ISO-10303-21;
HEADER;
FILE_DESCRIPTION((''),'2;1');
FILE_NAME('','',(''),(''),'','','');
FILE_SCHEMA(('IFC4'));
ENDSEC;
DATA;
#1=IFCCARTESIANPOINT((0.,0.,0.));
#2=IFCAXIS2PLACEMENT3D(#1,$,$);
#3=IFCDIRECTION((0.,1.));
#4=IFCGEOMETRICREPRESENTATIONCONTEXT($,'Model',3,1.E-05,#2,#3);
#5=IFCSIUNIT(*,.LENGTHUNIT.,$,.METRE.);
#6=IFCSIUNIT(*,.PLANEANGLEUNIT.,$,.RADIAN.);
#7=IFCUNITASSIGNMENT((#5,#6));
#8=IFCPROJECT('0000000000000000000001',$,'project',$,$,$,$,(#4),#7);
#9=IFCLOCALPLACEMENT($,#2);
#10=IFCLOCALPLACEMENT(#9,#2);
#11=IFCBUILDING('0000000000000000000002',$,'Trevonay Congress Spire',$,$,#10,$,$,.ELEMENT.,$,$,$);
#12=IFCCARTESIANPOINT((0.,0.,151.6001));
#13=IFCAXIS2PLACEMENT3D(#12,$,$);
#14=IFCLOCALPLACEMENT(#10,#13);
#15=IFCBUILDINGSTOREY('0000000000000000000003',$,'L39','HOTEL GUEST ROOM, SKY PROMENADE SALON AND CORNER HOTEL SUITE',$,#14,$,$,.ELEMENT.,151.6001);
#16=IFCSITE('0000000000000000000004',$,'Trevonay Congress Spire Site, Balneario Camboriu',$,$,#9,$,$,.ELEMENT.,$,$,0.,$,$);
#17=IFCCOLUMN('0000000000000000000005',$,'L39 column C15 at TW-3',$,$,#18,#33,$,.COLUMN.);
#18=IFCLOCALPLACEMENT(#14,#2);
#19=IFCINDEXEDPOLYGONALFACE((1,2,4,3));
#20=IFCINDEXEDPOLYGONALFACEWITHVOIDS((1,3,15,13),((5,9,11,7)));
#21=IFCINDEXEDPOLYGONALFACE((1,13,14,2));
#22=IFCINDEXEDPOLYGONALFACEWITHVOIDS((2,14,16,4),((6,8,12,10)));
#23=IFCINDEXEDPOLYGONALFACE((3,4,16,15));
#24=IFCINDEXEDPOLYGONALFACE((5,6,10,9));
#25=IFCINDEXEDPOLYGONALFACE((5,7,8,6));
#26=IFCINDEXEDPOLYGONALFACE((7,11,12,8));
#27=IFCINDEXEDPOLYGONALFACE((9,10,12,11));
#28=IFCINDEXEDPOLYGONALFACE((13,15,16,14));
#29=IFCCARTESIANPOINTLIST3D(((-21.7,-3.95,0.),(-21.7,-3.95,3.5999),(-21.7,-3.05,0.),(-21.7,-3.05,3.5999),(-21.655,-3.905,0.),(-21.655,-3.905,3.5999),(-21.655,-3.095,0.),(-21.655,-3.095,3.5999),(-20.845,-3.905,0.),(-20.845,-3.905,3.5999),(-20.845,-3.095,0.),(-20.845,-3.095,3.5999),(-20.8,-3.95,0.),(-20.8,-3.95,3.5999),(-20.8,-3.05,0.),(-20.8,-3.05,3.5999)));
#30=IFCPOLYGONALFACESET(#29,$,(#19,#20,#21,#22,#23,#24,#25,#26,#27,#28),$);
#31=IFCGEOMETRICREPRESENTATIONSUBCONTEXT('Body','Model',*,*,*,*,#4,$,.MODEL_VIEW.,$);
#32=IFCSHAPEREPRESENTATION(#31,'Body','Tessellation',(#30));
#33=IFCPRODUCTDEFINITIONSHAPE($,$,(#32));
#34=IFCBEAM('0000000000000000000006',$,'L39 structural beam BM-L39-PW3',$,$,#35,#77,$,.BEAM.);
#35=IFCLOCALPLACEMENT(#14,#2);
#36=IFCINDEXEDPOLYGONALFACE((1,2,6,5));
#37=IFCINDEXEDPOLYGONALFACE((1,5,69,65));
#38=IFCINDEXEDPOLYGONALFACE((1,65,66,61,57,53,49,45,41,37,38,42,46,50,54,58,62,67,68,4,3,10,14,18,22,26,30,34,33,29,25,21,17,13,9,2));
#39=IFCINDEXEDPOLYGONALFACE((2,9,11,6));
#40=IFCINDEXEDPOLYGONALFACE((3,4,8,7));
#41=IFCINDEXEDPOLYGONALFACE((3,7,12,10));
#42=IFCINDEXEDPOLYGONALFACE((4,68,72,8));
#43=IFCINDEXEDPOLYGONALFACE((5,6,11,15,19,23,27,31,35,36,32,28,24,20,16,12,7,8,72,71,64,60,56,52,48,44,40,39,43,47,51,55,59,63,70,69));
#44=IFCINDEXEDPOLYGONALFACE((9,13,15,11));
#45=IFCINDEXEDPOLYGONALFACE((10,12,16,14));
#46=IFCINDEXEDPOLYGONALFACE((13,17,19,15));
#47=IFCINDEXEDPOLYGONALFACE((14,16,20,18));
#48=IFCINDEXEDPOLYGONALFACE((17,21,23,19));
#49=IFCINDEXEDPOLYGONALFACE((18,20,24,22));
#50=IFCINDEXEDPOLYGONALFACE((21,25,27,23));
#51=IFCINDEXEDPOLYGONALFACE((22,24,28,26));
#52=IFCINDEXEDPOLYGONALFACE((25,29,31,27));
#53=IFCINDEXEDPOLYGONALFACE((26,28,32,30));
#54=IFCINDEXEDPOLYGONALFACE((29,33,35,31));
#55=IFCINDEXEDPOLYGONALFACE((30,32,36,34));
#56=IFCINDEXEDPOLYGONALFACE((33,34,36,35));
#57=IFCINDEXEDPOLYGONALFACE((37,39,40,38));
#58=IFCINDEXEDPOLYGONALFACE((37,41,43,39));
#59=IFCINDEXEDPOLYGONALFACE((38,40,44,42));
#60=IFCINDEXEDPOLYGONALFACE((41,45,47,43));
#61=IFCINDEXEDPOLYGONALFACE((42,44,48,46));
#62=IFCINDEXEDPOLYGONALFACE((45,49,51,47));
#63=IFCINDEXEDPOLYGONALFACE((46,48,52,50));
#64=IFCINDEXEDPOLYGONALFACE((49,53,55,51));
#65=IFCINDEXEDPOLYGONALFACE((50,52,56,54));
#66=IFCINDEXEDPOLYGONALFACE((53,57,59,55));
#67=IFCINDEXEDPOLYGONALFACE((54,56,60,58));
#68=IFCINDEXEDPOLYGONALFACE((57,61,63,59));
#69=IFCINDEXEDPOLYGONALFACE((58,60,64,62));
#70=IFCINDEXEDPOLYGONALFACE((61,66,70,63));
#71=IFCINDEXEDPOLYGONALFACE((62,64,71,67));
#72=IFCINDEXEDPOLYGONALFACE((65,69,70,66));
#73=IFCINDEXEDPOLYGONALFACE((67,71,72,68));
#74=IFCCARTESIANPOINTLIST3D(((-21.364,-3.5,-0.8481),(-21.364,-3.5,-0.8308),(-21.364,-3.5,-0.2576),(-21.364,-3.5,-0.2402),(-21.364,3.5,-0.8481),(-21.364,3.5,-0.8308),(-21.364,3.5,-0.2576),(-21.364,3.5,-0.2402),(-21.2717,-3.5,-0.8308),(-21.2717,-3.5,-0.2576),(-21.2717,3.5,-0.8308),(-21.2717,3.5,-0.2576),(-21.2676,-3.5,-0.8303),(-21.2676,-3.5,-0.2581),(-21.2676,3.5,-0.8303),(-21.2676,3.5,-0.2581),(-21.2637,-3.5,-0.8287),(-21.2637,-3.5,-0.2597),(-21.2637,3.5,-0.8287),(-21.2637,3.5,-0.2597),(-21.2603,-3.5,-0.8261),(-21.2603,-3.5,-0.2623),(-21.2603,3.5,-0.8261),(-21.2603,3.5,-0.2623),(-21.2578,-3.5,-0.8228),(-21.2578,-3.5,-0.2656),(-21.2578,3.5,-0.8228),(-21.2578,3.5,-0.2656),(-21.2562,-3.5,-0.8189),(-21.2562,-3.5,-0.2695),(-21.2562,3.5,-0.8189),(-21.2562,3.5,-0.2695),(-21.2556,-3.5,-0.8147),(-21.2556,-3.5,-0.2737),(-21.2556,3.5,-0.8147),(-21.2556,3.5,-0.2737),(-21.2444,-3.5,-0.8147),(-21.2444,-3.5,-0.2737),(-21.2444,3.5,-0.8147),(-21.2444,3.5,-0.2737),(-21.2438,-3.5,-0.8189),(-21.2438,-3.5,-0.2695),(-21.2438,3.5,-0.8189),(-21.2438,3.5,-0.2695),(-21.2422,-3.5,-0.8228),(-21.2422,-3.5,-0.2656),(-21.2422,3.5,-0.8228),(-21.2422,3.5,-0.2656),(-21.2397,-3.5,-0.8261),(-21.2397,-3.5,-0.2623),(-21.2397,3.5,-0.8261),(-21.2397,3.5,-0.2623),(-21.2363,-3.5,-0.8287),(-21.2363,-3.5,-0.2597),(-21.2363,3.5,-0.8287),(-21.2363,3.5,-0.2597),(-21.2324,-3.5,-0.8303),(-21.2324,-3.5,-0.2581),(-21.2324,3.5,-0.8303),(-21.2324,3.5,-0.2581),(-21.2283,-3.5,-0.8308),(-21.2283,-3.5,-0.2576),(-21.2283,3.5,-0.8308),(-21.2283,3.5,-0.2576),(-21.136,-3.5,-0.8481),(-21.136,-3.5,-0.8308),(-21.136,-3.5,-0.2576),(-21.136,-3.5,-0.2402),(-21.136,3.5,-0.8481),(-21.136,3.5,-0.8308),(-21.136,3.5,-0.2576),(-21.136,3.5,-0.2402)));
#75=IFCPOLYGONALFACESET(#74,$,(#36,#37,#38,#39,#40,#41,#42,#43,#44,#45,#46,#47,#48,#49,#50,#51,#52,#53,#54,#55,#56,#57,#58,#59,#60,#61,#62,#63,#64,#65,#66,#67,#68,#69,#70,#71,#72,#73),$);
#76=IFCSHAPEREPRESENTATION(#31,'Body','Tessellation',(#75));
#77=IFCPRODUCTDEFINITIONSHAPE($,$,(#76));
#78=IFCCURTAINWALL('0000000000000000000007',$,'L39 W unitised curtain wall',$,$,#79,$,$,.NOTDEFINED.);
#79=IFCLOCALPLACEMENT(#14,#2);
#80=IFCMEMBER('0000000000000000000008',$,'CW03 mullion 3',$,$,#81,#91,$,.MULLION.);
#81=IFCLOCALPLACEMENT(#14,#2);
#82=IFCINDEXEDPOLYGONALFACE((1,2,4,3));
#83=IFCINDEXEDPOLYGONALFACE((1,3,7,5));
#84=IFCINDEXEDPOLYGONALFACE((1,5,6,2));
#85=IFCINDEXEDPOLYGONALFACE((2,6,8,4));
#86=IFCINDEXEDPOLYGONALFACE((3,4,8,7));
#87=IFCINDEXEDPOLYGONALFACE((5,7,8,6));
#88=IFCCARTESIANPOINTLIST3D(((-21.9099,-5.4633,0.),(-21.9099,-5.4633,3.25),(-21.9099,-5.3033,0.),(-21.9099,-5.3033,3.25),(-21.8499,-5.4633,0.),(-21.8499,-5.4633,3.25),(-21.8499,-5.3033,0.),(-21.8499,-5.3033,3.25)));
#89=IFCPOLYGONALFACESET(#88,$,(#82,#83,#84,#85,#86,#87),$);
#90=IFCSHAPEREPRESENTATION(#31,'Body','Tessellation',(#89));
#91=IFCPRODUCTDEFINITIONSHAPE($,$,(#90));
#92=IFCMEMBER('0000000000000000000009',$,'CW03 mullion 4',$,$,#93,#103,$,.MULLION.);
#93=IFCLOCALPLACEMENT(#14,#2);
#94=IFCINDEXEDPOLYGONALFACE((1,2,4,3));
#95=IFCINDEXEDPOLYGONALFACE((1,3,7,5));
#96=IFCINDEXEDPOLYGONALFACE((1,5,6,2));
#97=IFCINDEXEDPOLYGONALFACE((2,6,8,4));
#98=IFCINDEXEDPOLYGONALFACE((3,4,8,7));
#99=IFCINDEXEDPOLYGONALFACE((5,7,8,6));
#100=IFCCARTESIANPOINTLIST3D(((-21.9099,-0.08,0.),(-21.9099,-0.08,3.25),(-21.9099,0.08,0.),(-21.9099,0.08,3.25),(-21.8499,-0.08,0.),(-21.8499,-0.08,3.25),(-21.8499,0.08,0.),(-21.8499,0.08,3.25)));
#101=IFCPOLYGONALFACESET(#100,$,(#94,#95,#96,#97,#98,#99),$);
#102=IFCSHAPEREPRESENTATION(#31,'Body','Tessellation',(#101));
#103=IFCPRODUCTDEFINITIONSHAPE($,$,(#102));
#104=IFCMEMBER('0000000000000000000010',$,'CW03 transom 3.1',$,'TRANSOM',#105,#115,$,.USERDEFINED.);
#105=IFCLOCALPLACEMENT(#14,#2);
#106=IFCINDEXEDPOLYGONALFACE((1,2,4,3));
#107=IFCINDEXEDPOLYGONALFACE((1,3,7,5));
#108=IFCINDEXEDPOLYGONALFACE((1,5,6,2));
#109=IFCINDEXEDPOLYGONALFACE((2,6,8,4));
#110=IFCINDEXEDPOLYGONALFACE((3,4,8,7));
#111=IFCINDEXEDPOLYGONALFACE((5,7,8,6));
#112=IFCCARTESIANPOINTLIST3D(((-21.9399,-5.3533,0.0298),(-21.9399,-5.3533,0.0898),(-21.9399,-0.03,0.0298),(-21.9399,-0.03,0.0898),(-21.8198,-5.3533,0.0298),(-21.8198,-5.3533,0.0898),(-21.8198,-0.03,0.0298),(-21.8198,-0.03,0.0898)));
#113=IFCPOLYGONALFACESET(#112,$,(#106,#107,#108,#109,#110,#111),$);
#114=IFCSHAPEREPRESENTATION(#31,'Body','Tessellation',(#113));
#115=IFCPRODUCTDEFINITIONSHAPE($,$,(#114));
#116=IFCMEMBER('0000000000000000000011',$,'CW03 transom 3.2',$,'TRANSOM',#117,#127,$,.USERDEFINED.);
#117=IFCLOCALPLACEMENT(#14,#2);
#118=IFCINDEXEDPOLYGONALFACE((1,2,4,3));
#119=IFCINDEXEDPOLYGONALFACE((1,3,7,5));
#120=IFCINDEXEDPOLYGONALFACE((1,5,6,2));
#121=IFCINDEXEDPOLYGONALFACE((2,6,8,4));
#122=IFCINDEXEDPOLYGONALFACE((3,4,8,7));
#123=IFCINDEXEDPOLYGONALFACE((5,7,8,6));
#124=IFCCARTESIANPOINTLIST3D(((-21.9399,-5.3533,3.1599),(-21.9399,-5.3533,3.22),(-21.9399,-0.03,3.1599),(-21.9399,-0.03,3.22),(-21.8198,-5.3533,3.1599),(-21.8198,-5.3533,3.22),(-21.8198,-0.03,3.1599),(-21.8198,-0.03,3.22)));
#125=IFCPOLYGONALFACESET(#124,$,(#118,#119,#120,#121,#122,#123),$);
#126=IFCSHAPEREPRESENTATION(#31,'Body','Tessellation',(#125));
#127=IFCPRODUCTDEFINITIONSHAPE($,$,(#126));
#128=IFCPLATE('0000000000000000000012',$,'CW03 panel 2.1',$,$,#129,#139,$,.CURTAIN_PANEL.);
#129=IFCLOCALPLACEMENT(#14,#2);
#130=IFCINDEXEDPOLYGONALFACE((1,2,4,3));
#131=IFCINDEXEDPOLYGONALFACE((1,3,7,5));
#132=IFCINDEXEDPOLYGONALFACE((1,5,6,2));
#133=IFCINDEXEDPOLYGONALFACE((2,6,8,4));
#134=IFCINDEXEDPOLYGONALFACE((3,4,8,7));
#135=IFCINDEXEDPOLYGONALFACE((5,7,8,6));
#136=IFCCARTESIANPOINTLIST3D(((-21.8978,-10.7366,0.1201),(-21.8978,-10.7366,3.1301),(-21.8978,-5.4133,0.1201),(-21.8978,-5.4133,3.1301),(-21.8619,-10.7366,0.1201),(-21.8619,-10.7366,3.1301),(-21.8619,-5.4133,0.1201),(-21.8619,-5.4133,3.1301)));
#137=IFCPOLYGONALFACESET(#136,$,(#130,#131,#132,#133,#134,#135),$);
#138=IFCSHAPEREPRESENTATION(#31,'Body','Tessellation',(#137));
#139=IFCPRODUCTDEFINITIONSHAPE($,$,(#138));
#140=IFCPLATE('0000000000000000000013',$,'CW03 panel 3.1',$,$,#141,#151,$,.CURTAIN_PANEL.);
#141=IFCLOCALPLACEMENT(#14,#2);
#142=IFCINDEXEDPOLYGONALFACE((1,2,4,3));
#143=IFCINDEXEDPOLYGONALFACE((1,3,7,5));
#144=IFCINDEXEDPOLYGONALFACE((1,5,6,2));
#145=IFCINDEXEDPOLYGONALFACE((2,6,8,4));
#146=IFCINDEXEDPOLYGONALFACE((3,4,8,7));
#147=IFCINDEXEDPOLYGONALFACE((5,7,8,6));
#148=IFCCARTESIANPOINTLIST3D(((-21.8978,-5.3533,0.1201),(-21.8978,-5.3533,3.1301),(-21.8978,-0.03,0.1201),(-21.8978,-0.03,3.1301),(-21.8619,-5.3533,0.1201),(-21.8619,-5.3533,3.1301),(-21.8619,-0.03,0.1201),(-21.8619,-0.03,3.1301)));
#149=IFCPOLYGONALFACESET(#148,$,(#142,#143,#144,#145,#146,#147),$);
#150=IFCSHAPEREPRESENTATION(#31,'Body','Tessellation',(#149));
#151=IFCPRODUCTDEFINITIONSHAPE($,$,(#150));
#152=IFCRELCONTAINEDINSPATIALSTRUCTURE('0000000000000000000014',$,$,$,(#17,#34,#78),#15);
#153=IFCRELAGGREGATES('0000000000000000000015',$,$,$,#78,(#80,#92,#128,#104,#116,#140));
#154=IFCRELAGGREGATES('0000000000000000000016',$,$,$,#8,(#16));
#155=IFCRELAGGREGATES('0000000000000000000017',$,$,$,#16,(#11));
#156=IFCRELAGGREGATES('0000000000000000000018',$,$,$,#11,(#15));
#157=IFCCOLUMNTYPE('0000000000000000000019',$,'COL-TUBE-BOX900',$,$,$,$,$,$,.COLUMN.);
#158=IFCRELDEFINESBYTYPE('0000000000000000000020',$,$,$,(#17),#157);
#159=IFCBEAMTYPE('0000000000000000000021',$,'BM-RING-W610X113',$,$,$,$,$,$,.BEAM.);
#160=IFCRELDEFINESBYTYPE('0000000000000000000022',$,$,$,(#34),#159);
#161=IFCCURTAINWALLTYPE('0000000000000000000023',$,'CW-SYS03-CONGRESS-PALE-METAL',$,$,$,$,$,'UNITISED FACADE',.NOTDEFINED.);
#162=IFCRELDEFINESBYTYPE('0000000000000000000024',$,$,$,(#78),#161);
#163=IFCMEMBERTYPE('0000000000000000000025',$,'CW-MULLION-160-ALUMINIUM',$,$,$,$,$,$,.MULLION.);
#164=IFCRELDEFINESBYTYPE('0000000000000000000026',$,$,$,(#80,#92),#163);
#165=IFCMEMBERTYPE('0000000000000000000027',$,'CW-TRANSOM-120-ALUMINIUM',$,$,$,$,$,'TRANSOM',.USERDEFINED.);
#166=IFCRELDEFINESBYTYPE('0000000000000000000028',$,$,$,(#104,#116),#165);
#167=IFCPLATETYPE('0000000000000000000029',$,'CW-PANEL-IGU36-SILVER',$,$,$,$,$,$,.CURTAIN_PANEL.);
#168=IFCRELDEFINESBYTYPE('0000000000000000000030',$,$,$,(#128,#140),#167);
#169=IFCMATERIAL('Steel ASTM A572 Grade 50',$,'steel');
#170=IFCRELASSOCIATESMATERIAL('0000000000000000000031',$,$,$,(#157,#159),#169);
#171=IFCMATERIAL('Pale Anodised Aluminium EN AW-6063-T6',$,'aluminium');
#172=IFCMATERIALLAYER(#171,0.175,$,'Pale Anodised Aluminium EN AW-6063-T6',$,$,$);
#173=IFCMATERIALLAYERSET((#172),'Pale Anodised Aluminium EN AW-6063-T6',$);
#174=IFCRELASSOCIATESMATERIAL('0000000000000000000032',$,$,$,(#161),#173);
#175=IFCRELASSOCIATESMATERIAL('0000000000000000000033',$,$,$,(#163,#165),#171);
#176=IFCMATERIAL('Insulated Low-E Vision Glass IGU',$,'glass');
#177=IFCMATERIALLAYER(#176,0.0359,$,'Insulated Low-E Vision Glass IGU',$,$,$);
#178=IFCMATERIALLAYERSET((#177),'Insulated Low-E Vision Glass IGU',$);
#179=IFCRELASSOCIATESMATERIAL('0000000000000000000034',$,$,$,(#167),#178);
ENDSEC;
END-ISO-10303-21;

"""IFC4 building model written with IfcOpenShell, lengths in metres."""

from ifc_helpers import new_model, si_unit, direction, frame, origin, origin_2d, place, context, subcontext, project, spatial, rectangle, hollow_rectangle, i_section, extrude, material, layer, layer_set, material_profile, profile_set, type_object, element, aggregate, save


model = new_model("IFC4")

# Units and contexts
model_context = context("Model", 3, precision=1e-05, world=origin(), true_north=direction((0.0, 1.0)))
body_context = subcontext(model_context, "Body", "Model", "MODEL_VIEW")
ifc_project = project(units=[si_unit("LENGTHUNIT", "METRE"), si_unit("PLANEANGLEUNIT", "RADIAN")], contexts=[model_context])

# Site, building, storey
site_placement = place(None, origin())
site = spatial("IfcSite", under=ifc_project, at=site_placement, Name="Trevonay Congress Spire Site, Balneario Camboriu", CompositionType="ELEMENT", RefElevation=0.0)
building_placement = place(site_placement, origin())
building = spatial("IfcBuilding", under=site, at=building_placement, Name="Trevonay Congress Spire", CompositionType="ELEMENT")
storey_placement = place(building_placement, frame((0.0, 0.0, 151.6001)))
storey = spatial("IfcBuildingStorey", under=building, at=storey_placement, Name="L39", Description="HOTEL GUEST ROOM, SKY PROMENADE SALON AND CORNER HOTEL SUITE", CompositionType="ELEMENT", Elevation=151.6001)

# Column
ifc_material_1 = material(Name="Steel ASTM A572 Grade 50", Category="steel")
ifc_material_profile_1 = material_profile(ifc_material_1, hollow_rectangle(XDim=0.8999, YDim=0.8999, WallThickness=0.0449, at=origin_2d()), Name="BOX 900x900x45")
ifc_profile_set_1 = profile_set([ifc_material_profile_1], Name="Steel ASTM A572 Grade 50")
column_type = type_object("IfcColumnType", Name="COL-TUBE-BOX900", PredefinedType="COLUMN", material=ifc_profile_set_1)
column_placement = place(storey_placement, frame((-21.25, -3.5, 0.0), z_axis=(0.0, 0.0, 1.0), x_axis=(1.0, 0.0, 0.0)))
element("IfcColumn", 1, at=column_placement, inside=storey, type_object=column_type, Name="L39 column C15 at TW-3", PredefinedType="COLUMN", context=body_context, shape_type="SweptSolid", body=[
    extrude(hollow_rectangle(XDim=0.8999, YDim=0.8999, WallThickness=0.0449, at=origin_2d()), origin(), (0.0, 0.0, 1.0), 3.5999),
])

# Beam
ifc_material_profile_2 = material_profile(ifc_material_1, i_section(OverallWidth=0.228, OverallDepth=0.6079, WebThickness=0.0112, FlangeThickness=0.0173, FilletRadius=0.0161, at=origin_2d()), Name="W610x113")
ifc_profile_set_2 = profile_set([ifc_material_profile_2], Name="Steel ASTM A572 Grade 50")
beam_type = type_object("IfcBeamType", Name="BM-RING-W610X113", PredefinedType="BEAM", material=ifc_profile_set_2)
beam_placement = place(storey_placement, frame((-21.25, -3.5, -0.5442), z_axis=(0.0, 1.0, 0.0), x_axis=(-1.0, 0.0, 0.0)))
element("IfcBeam", 2, at=beam_placement, inside=storey, type_object=beam_type, Name="L39 structural beam BM-L39-PW3", PredefinedType="BEAM", context=body_context, shape_type="SweptSolid", body=[
    extrude(i_section(OverallWidth=0.228, OverallDepth=0.6079, WebThickness=0.0112, FlangeThickness=0.0173, FilletRadius=0.0161, at=origin_2d()), origin(), (0.0, 0.0, 1.0), 7.0),
])

# Curtain wall, members, plates
ifc_material_2 = material(Name="Pale Anodised Aluminium EN AW-6063-T6", Category="aluminium")
ifc_layer_1 = layer(ifc_material_2, 0.175, Name="Pale Anodised Aluminium EN AW-6063-T6")
ifc_layer_set_1 = layer_set([ifc_layer_1], Name="Pale Anodised Aluminium EN AW-6063-T6")
curtain_wall_type = type_object("IfcCurtainWallType", Name="CW-SYS03-CONGRESS-PALE-METAL", ElementType="UNITISED FACADE", PredefinedType="NOTDEFINED", material=ifc_layer_set_1)
curtain_wall_placement = place(storey_placement, origin())
curtain_wall = element("IfcCurtainWall", 3, at=curtain_wall_placement, inside=storey, type_object=curtain_wall_type, Name="L39 W unitised curtain wall", PredefinedType="NOTDEFINED")
ifc_material_profile_3 = material_profile(ifc_material_2, rectangle(XDim=0.0601, YDim=0.1599, at=origin_2d()), Name="CW-MULLION-160-ALUMINIUM")
ifc_profile_set_3 = profile_set([ifc_material_profile_3], Name="Pale Anodised Aluminium EN AW-6063-T6")
member_type_1 = type_object("IfcMemberType", Name="CW-MULLION-160-ALUMINIUM", PredefinedType="MULLION", material=ifc_profile_set_3)
member_1_placement = place(storey_placement, frame((-21.8799, -5.3833, 0.0), z_axis=(0.0, 0.0, 1.0), x_axis=(-1.0, 0.0, 0.0)))
member_1 = element("IfcMember", 4, at=member_1_placement, type_object=member_type_1, Name="CW03 mullion 3", PredefinedType="MULLION", context=body_context, shape_type="SweptSolid", body=[
    extrude(rectangle(XDim=0.0601, YDim=0.1599, at=origin_2d()), origin(), (0.0, 0.0, 1.0), 3.25),
])
member_2_placement = place(storey_placement, frame((-21.8799, 0.0, 0.0), z_axis=(0.0, 0.0, 1.0), x_axis=(-1.0, 0.0, 0.0)))
member_2 = element("IfcMember", 5, at=member_2_placement, type_object=member_type_1, Name="CW03 mullion 4", PredefinedType="MULLION", context=body_context, shape_type="SweptSolid", body=[
    extrude(rectangle(XDim=0.0601, YDim=0.1599, at=origin_2d()), origin(), (0.0, 0.0, 1.0), 3.25),
])
ifc_material_profile_4 = material_profile(ifc_material_2, rectangle(XDim=0.1201, YDim=0.0601, at=origin_2d()), Name="CW-TRANSOM-120-ALUMINIUM")
ifc_profile_set_4 = profile_set([ifc_material_profile_4], Name="Pale Anodised Aluminium EN AW-6063-T6")
member_type_2 = type_object("IfcMemberType", Name="CW-TRANSOM-120-ALUMINIUM", ElementType="TRANSOM", PredefinedType="USERDEFINED", material=ifc_profile_set_4)
member_3_placement = place(storey_placement, frame((-21.8799, -5.3533, 0.0598), z_axis=(0.0, 1.0, 0.0), x_axis=(-1.0, 0.0, 0.0)))
member_3 = element("IfcMember", 6, at=member_3_placement, type_object=member_type_2, Name="CW03 transom 3.1", ObjectType="TRANSOM", PredefinedType="USERDEFINED", context=body_context, shape_type="SweptSolid", body=[
    extrude(rectangle(XDim=0.1201, YDim=0.0601, at=origin_2d()), origin(), (0.0, 0.0, 1.0), 5.3232),
])
member_4_placement = place(storey_placement, frame((-21.8799, -5.3533, 3.1899), z_axis=(0.0, 1.0, 0.0), x_axis=(-1.0, 0.0, 0.0)))
member_4 = element("IfcMember", 7, at=member_4_placement, type_object=member_type_2, Name="CW03 transom 3.2", ObjectType="TRANSOM", PredefinedType="USERDEFINED", context=body_context, shape_type="SweptSolid", body=[
    extrude(rectangle(XDim=0.1201, YDim=0.0601, at=origin_2d()), origin(), (0.0, 0.0, 1.0), 5.3232),
])
ifc_material_3 = material(Name="Insulated Low-E Vision Glass IGU", Category="glass")
ifc_layer_2 = layer(ifc_material_3, 0.0359, Name="Insulated Low-E Vision Glass IGU")
ifc_layer_set_2 = layer_set([ifc_layer_2], Name="Insulated Low-E Vision Glass IGU")
plate_type = type_object("IfcPlateType", Name="CW-PANEL-IGU36-SILVER", PredefinedType="CURTAIN_PANEL", material=ifc_layer_set_2)
plate_1_placement = place(storey_placement, frame((-21.8799, -8.075, 0.1201), z_axis=(0.0, 0.0, 1.0), x_axis=(0.0, 1.0, 0.0)))
plate_1 = element("IfcPlate", 8, at=plate_1_placement, type_object=plate_type, Name="CW03 panel 2.1", PredefinedType="CURTAIN_PANEL", context=body_context, shape_type="SweptSolid", body=[
    extrude(rectangle(XDim=5.3232, YDim=0.0359, at=origin_2d()), origin(), (0.0, 0.0, 1.0), 3.01),
])
plate_2_placement = place(storey_placement, frame((-21.8799, -2.6917, 0.1201), z_axis=(0.0, 0.0, 1.0), x_axis=(0.0, 1.0, 0.0)))
plate_2 = element("IfcPlate", 9, at=plate_2_placement, type_object=plate_type, Name="CW03 panel 3.1", PredefinedType="CURTAIN_PANEL", context=body_context, shape_type="SweptSolid", body=[
    extrude(rectangle(XDim=5.3232, YDim=0.0359, at=origin_2d()), origin(), (0.0, 0.0, 1.0), 3.01),
])
aggregate(curtain_wall, [member_1, member_2, plate_1, member_3, member_4, plate_2])

save(model, "model.ifc")
